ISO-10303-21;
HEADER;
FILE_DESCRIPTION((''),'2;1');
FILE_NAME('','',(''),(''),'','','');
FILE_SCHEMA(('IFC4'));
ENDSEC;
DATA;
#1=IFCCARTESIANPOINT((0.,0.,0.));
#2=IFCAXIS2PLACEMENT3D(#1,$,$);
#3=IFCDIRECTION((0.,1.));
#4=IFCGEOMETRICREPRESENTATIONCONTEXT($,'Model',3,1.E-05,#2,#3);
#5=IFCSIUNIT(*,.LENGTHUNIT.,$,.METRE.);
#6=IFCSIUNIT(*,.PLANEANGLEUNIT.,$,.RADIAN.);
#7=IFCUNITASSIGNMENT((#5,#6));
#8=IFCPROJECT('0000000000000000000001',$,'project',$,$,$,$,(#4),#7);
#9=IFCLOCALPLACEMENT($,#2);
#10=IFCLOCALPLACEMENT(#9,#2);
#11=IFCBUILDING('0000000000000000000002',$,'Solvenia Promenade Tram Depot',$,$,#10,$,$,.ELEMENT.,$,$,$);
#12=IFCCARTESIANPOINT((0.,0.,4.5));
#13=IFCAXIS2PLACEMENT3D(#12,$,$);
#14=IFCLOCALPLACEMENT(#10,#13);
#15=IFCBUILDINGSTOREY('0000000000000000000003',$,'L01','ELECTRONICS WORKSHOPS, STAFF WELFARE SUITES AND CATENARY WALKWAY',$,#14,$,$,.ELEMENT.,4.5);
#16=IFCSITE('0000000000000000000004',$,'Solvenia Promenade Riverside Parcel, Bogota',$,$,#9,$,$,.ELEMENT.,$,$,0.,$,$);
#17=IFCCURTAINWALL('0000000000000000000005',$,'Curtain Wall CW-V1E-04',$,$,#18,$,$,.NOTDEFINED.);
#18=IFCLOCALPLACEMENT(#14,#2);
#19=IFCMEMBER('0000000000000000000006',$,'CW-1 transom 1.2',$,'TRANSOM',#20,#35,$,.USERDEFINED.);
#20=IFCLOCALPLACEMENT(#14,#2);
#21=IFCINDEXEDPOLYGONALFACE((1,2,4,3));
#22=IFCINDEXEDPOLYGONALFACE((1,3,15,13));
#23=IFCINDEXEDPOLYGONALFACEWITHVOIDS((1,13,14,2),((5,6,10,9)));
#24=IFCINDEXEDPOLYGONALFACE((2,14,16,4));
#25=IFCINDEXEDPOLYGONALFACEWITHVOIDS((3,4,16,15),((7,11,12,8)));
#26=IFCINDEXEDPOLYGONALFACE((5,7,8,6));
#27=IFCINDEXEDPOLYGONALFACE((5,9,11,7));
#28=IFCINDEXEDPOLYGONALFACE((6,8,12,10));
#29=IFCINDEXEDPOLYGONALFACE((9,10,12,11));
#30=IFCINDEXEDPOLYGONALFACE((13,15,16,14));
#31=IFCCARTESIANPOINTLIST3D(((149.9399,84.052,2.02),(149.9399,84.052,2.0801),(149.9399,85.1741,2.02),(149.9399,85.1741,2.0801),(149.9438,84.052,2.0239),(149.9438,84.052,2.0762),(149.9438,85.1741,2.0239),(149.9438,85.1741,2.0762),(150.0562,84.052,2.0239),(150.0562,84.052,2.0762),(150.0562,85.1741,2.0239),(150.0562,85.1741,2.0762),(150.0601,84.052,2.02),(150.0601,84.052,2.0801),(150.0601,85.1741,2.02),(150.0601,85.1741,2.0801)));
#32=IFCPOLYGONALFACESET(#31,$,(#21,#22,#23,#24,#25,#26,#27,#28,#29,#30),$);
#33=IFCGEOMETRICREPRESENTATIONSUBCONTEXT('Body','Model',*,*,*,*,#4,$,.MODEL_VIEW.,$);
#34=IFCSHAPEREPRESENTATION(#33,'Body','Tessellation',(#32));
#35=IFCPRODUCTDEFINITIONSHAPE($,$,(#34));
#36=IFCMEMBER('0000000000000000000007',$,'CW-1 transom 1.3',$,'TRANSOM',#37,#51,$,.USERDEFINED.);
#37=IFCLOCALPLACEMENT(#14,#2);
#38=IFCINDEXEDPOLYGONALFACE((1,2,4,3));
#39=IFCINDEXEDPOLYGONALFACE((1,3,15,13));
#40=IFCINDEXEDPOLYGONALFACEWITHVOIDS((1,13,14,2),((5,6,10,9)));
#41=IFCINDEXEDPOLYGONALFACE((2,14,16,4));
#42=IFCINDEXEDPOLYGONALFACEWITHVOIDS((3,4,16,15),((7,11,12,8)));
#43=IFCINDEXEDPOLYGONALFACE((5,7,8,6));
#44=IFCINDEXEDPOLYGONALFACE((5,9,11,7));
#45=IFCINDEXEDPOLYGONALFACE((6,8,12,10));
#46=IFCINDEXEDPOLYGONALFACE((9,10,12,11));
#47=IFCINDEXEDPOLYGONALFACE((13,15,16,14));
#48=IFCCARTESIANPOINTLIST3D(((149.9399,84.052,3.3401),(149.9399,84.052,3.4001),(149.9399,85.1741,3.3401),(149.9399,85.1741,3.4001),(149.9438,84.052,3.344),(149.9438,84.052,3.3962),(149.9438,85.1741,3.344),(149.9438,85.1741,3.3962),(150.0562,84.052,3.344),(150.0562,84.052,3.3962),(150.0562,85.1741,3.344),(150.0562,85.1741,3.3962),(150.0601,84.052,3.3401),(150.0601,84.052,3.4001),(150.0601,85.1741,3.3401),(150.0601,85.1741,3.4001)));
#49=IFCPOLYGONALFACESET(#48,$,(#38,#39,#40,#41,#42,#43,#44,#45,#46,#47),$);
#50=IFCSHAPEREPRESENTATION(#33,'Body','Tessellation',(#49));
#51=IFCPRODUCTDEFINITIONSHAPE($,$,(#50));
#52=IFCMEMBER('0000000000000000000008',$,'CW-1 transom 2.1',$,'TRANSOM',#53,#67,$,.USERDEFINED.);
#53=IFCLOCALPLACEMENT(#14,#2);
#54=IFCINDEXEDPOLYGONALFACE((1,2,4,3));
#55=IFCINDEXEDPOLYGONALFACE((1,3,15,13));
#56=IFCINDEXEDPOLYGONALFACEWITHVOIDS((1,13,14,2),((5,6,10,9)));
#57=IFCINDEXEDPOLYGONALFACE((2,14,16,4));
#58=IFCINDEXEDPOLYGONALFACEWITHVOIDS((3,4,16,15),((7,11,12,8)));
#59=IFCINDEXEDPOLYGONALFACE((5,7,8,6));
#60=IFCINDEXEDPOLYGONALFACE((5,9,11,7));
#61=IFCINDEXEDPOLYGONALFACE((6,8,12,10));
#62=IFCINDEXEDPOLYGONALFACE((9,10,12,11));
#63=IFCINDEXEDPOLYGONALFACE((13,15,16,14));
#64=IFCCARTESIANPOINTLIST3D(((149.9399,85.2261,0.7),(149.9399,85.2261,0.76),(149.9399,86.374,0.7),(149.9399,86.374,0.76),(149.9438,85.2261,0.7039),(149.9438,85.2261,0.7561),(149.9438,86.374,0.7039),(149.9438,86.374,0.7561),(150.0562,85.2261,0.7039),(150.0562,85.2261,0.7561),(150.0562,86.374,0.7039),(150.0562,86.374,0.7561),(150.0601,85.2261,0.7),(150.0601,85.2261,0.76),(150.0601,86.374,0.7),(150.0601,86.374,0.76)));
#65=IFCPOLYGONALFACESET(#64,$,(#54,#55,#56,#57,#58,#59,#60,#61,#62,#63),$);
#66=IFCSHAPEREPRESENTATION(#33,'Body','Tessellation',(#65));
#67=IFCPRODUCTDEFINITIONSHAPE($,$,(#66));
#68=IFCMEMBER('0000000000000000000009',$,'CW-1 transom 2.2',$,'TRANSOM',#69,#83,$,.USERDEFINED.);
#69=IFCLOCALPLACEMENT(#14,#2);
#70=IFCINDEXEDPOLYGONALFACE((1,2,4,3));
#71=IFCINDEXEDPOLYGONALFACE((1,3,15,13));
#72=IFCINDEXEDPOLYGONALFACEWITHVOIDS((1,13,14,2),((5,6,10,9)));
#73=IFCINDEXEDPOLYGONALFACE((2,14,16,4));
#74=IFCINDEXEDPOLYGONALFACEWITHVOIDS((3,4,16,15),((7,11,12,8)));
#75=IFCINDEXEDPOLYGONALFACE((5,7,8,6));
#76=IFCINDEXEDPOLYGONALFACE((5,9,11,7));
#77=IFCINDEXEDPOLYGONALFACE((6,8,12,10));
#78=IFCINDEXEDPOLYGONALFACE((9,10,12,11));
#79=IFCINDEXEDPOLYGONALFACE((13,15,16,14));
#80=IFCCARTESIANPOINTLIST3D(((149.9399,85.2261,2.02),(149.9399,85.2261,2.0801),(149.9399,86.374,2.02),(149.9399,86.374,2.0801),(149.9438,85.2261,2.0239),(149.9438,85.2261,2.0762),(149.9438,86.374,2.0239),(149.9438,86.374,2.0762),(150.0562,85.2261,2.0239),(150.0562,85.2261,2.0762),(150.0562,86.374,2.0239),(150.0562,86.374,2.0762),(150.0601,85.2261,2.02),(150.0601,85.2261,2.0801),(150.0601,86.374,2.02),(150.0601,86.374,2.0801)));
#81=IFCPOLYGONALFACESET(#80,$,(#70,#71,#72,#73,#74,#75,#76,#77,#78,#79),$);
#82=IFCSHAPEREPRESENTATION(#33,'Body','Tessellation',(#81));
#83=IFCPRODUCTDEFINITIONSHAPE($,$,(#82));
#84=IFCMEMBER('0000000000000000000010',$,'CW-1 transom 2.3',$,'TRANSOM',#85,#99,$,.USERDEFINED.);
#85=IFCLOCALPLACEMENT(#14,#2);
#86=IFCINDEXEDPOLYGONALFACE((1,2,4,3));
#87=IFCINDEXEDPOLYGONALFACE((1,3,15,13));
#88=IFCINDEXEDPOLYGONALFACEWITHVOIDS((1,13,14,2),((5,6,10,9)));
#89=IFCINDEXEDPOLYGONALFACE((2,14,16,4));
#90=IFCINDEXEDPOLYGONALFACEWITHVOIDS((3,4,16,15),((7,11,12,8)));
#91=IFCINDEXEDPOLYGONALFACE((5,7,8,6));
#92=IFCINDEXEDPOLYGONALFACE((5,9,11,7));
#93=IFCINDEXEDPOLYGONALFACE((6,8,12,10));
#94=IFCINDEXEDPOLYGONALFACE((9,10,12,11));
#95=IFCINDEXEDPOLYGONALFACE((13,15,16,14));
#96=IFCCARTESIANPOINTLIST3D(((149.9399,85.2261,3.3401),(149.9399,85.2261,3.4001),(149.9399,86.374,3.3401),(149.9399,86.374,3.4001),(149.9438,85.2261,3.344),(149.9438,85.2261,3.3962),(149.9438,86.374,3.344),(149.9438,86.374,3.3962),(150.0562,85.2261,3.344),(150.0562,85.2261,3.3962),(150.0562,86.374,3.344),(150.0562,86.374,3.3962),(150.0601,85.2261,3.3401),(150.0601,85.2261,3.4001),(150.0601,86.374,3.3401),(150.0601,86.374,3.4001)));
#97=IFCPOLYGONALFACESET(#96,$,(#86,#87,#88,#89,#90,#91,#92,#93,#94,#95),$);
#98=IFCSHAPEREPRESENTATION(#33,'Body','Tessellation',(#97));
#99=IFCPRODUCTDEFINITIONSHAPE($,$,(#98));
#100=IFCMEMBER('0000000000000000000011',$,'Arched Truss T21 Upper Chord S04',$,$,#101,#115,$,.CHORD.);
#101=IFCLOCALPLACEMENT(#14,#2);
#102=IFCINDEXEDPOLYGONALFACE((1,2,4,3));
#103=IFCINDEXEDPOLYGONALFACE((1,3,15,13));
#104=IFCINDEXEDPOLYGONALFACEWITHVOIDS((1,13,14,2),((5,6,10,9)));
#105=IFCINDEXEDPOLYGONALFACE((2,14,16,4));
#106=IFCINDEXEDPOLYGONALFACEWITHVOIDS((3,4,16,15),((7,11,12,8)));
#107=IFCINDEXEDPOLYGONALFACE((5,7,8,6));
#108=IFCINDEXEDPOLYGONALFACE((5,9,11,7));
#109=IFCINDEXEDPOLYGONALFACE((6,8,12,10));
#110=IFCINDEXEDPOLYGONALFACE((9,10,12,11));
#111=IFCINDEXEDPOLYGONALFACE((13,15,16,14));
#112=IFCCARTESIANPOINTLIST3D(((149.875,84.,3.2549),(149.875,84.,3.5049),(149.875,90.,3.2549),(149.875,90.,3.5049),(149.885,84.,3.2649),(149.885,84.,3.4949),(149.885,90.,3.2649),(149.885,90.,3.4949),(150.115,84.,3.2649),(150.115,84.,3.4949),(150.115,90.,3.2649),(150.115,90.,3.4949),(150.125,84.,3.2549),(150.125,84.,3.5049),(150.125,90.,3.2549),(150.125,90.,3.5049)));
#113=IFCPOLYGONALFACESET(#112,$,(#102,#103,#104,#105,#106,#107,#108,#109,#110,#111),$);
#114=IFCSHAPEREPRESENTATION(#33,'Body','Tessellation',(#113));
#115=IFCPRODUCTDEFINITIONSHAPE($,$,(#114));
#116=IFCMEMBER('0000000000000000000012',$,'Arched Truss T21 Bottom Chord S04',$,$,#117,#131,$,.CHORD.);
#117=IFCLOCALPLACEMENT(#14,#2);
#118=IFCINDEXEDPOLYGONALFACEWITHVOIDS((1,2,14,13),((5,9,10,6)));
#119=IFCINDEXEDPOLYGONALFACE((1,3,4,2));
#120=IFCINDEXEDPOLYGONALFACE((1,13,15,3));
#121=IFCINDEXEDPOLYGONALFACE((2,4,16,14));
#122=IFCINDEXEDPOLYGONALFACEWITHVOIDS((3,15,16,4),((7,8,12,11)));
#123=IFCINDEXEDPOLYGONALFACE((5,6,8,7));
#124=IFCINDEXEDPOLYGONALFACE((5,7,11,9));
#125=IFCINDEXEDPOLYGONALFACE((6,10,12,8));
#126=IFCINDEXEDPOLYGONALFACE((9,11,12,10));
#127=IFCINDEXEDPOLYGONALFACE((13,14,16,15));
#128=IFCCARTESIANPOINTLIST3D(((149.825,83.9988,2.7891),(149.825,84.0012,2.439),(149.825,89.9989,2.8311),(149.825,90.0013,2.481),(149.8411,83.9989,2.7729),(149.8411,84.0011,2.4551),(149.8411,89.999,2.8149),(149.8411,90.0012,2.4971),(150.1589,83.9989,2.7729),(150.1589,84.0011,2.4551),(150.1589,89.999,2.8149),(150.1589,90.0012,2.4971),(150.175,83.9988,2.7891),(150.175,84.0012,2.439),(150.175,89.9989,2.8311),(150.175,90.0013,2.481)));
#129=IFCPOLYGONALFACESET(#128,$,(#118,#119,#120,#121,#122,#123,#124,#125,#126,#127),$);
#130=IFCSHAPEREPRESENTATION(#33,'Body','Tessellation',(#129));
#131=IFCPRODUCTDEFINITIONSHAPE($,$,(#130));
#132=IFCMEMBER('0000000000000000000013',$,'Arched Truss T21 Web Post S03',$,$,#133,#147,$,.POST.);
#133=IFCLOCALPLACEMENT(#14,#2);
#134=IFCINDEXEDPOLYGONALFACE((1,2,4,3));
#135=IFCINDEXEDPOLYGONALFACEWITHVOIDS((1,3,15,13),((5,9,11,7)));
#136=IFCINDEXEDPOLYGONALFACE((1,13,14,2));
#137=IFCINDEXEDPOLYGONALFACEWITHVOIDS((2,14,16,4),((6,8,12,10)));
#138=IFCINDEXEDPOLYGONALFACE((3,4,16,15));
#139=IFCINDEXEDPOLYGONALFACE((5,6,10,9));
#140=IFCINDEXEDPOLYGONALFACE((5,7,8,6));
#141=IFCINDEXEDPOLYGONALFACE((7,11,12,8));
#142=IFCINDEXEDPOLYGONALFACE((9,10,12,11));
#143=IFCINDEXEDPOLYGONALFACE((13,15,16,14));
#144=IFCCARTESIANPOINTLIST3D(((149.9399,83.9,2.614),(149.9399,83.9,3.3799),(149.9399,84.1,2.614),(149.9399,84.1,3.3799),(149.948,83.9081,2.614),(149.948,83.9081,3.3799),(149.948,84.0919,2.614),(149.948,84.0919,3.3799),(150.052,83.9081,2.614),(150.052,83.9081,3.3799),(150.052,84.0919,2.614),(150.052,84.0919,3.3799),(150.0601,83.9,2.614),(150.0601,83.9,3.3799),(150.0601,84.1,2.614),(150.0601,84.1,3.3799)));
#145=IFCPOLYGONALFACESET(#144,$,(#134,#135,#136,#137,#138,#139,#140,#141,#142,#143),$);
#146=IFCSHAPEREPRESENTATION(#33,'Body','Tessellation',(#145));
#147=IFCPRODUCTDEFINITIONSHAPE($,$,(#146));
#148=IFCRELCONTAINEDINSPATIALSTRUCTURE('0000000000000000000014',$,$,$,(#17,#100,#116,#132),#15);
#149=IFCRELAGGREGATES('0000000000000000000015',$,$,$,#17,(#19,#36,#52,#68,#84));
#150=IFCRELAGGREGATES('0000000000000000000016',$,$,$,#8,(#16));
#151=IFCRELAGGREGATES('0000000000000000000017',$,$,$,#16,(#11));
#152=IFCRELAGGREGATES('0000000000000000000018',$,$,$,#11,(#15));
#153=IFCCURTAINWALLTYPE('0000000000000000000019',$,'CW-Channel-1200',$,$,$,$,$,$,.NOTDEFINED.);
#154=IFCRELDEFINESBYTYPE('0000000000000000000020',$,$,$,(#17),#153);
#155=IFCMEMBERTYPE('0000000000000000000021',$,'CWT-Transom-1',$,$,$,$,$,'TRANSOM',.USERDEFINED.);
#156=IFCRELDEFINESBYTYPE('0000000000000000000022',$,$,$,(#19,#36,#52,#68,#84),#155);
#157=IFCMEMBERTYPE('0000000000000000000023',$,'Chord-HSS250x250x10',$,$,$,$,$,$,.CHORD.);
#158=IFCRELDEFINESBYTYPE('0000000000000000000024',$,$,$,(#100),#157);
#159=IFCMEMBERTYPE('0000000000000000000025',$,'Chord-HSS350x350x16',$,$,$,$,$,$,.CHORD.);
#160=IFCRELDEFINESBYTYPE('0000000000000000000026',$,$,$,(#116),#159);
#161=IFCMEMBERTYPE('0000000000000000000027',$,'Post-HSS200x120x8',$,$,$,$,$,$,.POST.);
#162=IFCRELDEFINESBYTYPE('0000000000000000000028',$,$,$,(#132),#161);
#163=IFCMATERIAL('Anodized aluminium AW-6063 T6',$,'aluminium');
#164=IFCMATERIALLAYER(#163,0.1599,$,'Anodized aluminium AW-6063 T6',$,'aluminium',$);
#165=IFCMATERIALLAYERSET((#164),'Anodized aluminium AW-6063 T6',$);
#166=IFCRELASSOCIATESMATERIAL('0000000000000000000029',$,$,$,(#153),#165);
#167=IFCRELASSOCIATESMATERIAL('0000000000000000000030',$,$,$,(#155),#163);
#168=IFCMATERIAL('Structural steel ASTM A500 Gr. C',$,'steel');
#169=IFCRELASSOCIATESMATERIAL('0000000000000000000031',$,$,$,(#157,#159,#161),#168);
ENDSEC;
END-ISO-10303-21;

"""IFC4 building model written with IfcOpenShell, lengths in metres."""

from ifc_helpers import new_model, si_unit, direction, frame, origin, origin_2d, place, context, subcontext, project, spatial, hollow_rectangle, extrude, material, layer, layer_set, material_profile, profile_set, type_object, element, aggregate, save


model = new_model("IFC4")

# Units and contexts
model_context = context("Model", 3, precision=1e-05, world=origin(), true_north=direction((0.0, 1.0)))
body_context = subcontext(model_context, "Body", "Model", "MODEL_VIEW")
ifc_project = project(units=[si_unit("LENGTHUNIT", "METRE"), si_unit("PLANEANGLEUNIT", "RADIAN")], contexts=[model_context])

# Site, building, storey
site_placement = place(None, origin())
site = spatial("IfcSite", under=ifc_project, at=site_placement, Name="Solvenia Promenade Riverside Parcel, Bogota", CompositionType="ELEMENT", RefElevation=0.0)
building_placement = place(site_placement, origin())
building = spatial("IfcBuilding", under=site, at=building_placement, Name="Solvenia Promenade Tram Depot", CompositionType="ELEMENT")
storey_placement = place(building_placement, frame((0.0, 0.0, 4.5)))
storey = spatial("IfcBuildingStorey", under=building, at=storey_placement, Name="L01", Description="ELECTRONICS WORKSHOPS, STAFF WELFARE SUITES AND CATENARY WALKWAY", CompositionType="ELEMENT", Elevation=4.5)

# Curtain wall
ifc_material_1 = material(Name="Anodized aluminium AW-6063 T6", Category="aluminium")
ifc_layer_1 = layer(ifc_material_1, 0.1599, Name="Anodized aluminium AW-6063 T6", Category="aluminium")
ifc_layer_set_1 = layer_set([ifc_layer_1], Name="Anodized aluminium AW-6063 T6")
curtain_wall_type = type_object("IfcCurtainWallType", Name="CW-Channel-1200", PredefinedType="NOTDEFINED", material=ifc_layer_set_1)
curtain_wall_1_placement = place(storey_placement, origin())
curtain_wall_1 = element("IfcCurtainWall", 1, at=curtain_wall_1_placement, inside=storey, type_object=curtain_wall_type, Name="Curtain Wall CW-V1E-04", PredefinedType="NOTDEFINED")

# Members
ifc_material_profile_1 = material_profile(ifc_material_1, hollow_rectangle(XDim=0.1201, YDim=0.0601, WallThickness=0.0039, at=origin_2d()), Name="ALU-T1", Category="aluminium")
ifc_profile_set_1 = profile_set([ifc_material_profile_1], Name="Anodized aluminium AW-6063 T6")
member_type_1 = type_object("IfcMemberType", Name="CWT-Transom-1", ElementType="TRANSOM", PredefinedType="USERDEFINED", material=ifc_profile_set_1)
member_1_placement = place(storey_placement, frame((150.0, 84.052, 2.05), z_axis=(0.0, 1.0, 0.0), x_axis=(-1.0, 0.0, 0.0)))
member_1 = element("IfcMember", 2, at=member_1_placement, type_object=member_type_1, Name="CW-1 transom 1.2", ObjectType="TRANSOM", PredefinedType="USERDEFINED", context=body_context, shape_type="SweptSolid", body=[
    extrude(hollow_rectangle(XDim=0.1201, YDim=0.0601, WallThickness=0.0039, at=origin_2d()), origin(), (0.0, 0.0, 1.0), 1.1221),
])
member_2_placement = place(storey_placement, frame((150.0, 84.052, 3.3701), z_axis=(0.0, 1.0, 0.0), x_axis=(-1.0, 0.0, 0.0)))
member_2 = element("IfcMember", 3, at=member_2_placement, type_object=member_type_1, Name="CW-1 transom 1.3", ObjectType="TRANSOM", PredefinedType="USERDEFINED", context=body_context, shape_type="SweptSolid", body=[
    extrude(hollow_rectangle(XDim=0.1201, YDim=0.0601, WallThickness=0.0039, at=origin_2d()), origin(), (0.0, 0.0, 1.0), 1.1221),
])
member_3_placement = place(storey_placement, frame((150.0, 85.2261, 0.73), z_axis=(0.0, 1.0, 0.0), x_axis=(-1.0, 0.0, 0.0)))
member_3 = element("IfcMember", 4, at=member_3_placement, type_object=member_type_1, Name="CW-1 transom 2.1", ObjectType="TRANSOM", PredefinedType="USERDEFINED", context=body_context, shape_type="SweptSolid", body=[
    extrude(hollow_rectangle(XDim=0.1201, YDim=0.0601, WallThickness=0.0039, at=origin_2d()), origin(), (0.0, 0.0, 1.0), 1.1479),
])
member_4_placement = place(storey_placement, frame((150.0, 85.2261, 2.05), z_axis=(0.0, 1.0, 0.0), x_axis=(-1.0, 0.0, 0.0)))
member_4 = element("IfcMember", 5, at=member_4_placement, type_object=member_type_1, Name="CW-1 transom 2.2", ObjectType="TRANSOM", PredefinedType="USERDEFINED", context=body_context, shape_type="SweptSolid", body=[
    extrude(hollow_rectangle(XDim=0.1201, YDim=0.0601, WallThickness=0.0039, at=origin_2d()), origin(), (0.0, 0.0, 1.0), 1.1479),
])
member_5_placement = place(storey_placement, frame((150.0, 85.2261, 3.3701), z_axis=(0.0, 1.0, 0.0), x_axis=(-1.0, 0.0, 0.0)))
member_5 = element("IfcMember", 6, at=member_5_placement, type_object=member_type_1, Name="CW-1 transom 2.3", ObjectType="TRANSOM", PredefinedType="USERDEFINED", context=body_context, shape_type="SweptSolid", body=[
    extrude(hollow_rectangle(XDim=0.1201, YDim=0.0601, WallThickness=0.0039, at=origin_2d()), origin(), (0.0, 0.0, 1.0), 1.1479),
])

# Members
ifc_material_2 = material(Name="Structural steel ASTM A500 Gr. C", Category="steel")
ifc_material_profile_2 = material_profile(ifc_material_2, hollow_rectangle(XDim=0.25, YDim=0.25, WallThickness=0.01, at=origin_2d()), Name="HSS250x250x10", Category="steel")
ifc_profile_set_2 = profile_set([ifc_material_profile_2], Name="Structural steel ASTM A500 Gr. C")
member_type_2 = type_object("IfcMemberType", Name="Chord-HSS250x250x10", PredefinedType="CHORD", material=ifc_profile_set_2)
member_6_placement = place(storey_placement, frame((150.0, 84.0, 3.3799), z_axis=(0.0, 1.0, 0.0), x_axis=(-1.0, 0.0, 0.0)))
element("IfcMember", 7, at=member_6_placement, inside=storey, type_object=member_type_2, Name="Arched Truss T21 Upper Chord S04", PredefinedType="CHORD", context=body_context, shape_type="SweptSolid", body=[
    extrude(hollow_rectangle(XDim=0.25, YDim=0.25, WallThickness=0.01, at=origin_2d()), origin(), (0.0, 0.0, 1.0), 6.0),
])
ifc_material_profile_3 = material_profile(ifc_material_2, hollow_rectangle(XDim=0.3501, YDim=0.3501, WallThickness=0.0161, at=origin_2d()), Name="HSS350x350x16", Category="steel")
ifc_profile_set_3 = profile_set([ifc_material_profile_3], Name="Structural steel ASTM A500 Gr. C")
member_type_3 = type_object("IfcMemberType", Name="Chord-HSS350x350x16", PredefinedType="CHORD", material=ifc_profile_set_3)
member_7_placement = place(storey_placement, frame((150.0, 84.0, 2.614), z_axis=(0.0, 0.999976, 0.006999), x_axis=(-1.0, 0.0, 0.0)))
element("IfcMember", 8, at=member_7_placement, inside=storey, type_object=member_type_3, Name="Arched Truss T21 Bottom Chord S04", PredefinedType="CHORD", context=body_context, shape_type="SweptSolid", body=[
    extrude(hollow_rectangle(XDim=0.3501, YDim=0.3501, WallThickness=0.0161, at=origin_2d()), origin(), (0.0, 0.0, 1.0), 6.0002),
])
ifc_material_profile_4 = material_profile(ifc_material_2, hollow_rectangle(XDim=0.1201, YDim=0.2, WallThickness=0.0081, at=origin_2d()), Name="HSS200x120x8", Category="steel")
ifc_profile_set_4 = profile_set([ifc_material_profile_4], Name="Structural steel ASTM A500 Gr. C")
member_type_4 = type_object("IfcMemberType", Name="Post-HSS200x120x8", PredefinedType="POST", material=ifc_profile_set_4)
member_8_placement = place(storey_placement, frame((150.0, 84.0, 2.614), z_axis=(0.0, 0.0, 1.0), x_axis=(1.0, 0.0, 0.0)))
element("IfcMember", 9, at=member_8_placement, inside=storey, type_object=member_type_4, Name="Arched Truss T21 Web Post S03", PredefinedType="POST", context=body_context, shape_type="SweptSolid", body=[
    extrude(hollow_rectangle(XDim=0.1201, YDim=0.2, WallThickness=0.0081, at=origin_2d()), origin(), (0.0, 0.0, 1.0), 0.7659),
])

aggregate(curtain_wall_1, [member_1, member_2, member_3, member_4, member_5])

save(model, "model.ifc")
